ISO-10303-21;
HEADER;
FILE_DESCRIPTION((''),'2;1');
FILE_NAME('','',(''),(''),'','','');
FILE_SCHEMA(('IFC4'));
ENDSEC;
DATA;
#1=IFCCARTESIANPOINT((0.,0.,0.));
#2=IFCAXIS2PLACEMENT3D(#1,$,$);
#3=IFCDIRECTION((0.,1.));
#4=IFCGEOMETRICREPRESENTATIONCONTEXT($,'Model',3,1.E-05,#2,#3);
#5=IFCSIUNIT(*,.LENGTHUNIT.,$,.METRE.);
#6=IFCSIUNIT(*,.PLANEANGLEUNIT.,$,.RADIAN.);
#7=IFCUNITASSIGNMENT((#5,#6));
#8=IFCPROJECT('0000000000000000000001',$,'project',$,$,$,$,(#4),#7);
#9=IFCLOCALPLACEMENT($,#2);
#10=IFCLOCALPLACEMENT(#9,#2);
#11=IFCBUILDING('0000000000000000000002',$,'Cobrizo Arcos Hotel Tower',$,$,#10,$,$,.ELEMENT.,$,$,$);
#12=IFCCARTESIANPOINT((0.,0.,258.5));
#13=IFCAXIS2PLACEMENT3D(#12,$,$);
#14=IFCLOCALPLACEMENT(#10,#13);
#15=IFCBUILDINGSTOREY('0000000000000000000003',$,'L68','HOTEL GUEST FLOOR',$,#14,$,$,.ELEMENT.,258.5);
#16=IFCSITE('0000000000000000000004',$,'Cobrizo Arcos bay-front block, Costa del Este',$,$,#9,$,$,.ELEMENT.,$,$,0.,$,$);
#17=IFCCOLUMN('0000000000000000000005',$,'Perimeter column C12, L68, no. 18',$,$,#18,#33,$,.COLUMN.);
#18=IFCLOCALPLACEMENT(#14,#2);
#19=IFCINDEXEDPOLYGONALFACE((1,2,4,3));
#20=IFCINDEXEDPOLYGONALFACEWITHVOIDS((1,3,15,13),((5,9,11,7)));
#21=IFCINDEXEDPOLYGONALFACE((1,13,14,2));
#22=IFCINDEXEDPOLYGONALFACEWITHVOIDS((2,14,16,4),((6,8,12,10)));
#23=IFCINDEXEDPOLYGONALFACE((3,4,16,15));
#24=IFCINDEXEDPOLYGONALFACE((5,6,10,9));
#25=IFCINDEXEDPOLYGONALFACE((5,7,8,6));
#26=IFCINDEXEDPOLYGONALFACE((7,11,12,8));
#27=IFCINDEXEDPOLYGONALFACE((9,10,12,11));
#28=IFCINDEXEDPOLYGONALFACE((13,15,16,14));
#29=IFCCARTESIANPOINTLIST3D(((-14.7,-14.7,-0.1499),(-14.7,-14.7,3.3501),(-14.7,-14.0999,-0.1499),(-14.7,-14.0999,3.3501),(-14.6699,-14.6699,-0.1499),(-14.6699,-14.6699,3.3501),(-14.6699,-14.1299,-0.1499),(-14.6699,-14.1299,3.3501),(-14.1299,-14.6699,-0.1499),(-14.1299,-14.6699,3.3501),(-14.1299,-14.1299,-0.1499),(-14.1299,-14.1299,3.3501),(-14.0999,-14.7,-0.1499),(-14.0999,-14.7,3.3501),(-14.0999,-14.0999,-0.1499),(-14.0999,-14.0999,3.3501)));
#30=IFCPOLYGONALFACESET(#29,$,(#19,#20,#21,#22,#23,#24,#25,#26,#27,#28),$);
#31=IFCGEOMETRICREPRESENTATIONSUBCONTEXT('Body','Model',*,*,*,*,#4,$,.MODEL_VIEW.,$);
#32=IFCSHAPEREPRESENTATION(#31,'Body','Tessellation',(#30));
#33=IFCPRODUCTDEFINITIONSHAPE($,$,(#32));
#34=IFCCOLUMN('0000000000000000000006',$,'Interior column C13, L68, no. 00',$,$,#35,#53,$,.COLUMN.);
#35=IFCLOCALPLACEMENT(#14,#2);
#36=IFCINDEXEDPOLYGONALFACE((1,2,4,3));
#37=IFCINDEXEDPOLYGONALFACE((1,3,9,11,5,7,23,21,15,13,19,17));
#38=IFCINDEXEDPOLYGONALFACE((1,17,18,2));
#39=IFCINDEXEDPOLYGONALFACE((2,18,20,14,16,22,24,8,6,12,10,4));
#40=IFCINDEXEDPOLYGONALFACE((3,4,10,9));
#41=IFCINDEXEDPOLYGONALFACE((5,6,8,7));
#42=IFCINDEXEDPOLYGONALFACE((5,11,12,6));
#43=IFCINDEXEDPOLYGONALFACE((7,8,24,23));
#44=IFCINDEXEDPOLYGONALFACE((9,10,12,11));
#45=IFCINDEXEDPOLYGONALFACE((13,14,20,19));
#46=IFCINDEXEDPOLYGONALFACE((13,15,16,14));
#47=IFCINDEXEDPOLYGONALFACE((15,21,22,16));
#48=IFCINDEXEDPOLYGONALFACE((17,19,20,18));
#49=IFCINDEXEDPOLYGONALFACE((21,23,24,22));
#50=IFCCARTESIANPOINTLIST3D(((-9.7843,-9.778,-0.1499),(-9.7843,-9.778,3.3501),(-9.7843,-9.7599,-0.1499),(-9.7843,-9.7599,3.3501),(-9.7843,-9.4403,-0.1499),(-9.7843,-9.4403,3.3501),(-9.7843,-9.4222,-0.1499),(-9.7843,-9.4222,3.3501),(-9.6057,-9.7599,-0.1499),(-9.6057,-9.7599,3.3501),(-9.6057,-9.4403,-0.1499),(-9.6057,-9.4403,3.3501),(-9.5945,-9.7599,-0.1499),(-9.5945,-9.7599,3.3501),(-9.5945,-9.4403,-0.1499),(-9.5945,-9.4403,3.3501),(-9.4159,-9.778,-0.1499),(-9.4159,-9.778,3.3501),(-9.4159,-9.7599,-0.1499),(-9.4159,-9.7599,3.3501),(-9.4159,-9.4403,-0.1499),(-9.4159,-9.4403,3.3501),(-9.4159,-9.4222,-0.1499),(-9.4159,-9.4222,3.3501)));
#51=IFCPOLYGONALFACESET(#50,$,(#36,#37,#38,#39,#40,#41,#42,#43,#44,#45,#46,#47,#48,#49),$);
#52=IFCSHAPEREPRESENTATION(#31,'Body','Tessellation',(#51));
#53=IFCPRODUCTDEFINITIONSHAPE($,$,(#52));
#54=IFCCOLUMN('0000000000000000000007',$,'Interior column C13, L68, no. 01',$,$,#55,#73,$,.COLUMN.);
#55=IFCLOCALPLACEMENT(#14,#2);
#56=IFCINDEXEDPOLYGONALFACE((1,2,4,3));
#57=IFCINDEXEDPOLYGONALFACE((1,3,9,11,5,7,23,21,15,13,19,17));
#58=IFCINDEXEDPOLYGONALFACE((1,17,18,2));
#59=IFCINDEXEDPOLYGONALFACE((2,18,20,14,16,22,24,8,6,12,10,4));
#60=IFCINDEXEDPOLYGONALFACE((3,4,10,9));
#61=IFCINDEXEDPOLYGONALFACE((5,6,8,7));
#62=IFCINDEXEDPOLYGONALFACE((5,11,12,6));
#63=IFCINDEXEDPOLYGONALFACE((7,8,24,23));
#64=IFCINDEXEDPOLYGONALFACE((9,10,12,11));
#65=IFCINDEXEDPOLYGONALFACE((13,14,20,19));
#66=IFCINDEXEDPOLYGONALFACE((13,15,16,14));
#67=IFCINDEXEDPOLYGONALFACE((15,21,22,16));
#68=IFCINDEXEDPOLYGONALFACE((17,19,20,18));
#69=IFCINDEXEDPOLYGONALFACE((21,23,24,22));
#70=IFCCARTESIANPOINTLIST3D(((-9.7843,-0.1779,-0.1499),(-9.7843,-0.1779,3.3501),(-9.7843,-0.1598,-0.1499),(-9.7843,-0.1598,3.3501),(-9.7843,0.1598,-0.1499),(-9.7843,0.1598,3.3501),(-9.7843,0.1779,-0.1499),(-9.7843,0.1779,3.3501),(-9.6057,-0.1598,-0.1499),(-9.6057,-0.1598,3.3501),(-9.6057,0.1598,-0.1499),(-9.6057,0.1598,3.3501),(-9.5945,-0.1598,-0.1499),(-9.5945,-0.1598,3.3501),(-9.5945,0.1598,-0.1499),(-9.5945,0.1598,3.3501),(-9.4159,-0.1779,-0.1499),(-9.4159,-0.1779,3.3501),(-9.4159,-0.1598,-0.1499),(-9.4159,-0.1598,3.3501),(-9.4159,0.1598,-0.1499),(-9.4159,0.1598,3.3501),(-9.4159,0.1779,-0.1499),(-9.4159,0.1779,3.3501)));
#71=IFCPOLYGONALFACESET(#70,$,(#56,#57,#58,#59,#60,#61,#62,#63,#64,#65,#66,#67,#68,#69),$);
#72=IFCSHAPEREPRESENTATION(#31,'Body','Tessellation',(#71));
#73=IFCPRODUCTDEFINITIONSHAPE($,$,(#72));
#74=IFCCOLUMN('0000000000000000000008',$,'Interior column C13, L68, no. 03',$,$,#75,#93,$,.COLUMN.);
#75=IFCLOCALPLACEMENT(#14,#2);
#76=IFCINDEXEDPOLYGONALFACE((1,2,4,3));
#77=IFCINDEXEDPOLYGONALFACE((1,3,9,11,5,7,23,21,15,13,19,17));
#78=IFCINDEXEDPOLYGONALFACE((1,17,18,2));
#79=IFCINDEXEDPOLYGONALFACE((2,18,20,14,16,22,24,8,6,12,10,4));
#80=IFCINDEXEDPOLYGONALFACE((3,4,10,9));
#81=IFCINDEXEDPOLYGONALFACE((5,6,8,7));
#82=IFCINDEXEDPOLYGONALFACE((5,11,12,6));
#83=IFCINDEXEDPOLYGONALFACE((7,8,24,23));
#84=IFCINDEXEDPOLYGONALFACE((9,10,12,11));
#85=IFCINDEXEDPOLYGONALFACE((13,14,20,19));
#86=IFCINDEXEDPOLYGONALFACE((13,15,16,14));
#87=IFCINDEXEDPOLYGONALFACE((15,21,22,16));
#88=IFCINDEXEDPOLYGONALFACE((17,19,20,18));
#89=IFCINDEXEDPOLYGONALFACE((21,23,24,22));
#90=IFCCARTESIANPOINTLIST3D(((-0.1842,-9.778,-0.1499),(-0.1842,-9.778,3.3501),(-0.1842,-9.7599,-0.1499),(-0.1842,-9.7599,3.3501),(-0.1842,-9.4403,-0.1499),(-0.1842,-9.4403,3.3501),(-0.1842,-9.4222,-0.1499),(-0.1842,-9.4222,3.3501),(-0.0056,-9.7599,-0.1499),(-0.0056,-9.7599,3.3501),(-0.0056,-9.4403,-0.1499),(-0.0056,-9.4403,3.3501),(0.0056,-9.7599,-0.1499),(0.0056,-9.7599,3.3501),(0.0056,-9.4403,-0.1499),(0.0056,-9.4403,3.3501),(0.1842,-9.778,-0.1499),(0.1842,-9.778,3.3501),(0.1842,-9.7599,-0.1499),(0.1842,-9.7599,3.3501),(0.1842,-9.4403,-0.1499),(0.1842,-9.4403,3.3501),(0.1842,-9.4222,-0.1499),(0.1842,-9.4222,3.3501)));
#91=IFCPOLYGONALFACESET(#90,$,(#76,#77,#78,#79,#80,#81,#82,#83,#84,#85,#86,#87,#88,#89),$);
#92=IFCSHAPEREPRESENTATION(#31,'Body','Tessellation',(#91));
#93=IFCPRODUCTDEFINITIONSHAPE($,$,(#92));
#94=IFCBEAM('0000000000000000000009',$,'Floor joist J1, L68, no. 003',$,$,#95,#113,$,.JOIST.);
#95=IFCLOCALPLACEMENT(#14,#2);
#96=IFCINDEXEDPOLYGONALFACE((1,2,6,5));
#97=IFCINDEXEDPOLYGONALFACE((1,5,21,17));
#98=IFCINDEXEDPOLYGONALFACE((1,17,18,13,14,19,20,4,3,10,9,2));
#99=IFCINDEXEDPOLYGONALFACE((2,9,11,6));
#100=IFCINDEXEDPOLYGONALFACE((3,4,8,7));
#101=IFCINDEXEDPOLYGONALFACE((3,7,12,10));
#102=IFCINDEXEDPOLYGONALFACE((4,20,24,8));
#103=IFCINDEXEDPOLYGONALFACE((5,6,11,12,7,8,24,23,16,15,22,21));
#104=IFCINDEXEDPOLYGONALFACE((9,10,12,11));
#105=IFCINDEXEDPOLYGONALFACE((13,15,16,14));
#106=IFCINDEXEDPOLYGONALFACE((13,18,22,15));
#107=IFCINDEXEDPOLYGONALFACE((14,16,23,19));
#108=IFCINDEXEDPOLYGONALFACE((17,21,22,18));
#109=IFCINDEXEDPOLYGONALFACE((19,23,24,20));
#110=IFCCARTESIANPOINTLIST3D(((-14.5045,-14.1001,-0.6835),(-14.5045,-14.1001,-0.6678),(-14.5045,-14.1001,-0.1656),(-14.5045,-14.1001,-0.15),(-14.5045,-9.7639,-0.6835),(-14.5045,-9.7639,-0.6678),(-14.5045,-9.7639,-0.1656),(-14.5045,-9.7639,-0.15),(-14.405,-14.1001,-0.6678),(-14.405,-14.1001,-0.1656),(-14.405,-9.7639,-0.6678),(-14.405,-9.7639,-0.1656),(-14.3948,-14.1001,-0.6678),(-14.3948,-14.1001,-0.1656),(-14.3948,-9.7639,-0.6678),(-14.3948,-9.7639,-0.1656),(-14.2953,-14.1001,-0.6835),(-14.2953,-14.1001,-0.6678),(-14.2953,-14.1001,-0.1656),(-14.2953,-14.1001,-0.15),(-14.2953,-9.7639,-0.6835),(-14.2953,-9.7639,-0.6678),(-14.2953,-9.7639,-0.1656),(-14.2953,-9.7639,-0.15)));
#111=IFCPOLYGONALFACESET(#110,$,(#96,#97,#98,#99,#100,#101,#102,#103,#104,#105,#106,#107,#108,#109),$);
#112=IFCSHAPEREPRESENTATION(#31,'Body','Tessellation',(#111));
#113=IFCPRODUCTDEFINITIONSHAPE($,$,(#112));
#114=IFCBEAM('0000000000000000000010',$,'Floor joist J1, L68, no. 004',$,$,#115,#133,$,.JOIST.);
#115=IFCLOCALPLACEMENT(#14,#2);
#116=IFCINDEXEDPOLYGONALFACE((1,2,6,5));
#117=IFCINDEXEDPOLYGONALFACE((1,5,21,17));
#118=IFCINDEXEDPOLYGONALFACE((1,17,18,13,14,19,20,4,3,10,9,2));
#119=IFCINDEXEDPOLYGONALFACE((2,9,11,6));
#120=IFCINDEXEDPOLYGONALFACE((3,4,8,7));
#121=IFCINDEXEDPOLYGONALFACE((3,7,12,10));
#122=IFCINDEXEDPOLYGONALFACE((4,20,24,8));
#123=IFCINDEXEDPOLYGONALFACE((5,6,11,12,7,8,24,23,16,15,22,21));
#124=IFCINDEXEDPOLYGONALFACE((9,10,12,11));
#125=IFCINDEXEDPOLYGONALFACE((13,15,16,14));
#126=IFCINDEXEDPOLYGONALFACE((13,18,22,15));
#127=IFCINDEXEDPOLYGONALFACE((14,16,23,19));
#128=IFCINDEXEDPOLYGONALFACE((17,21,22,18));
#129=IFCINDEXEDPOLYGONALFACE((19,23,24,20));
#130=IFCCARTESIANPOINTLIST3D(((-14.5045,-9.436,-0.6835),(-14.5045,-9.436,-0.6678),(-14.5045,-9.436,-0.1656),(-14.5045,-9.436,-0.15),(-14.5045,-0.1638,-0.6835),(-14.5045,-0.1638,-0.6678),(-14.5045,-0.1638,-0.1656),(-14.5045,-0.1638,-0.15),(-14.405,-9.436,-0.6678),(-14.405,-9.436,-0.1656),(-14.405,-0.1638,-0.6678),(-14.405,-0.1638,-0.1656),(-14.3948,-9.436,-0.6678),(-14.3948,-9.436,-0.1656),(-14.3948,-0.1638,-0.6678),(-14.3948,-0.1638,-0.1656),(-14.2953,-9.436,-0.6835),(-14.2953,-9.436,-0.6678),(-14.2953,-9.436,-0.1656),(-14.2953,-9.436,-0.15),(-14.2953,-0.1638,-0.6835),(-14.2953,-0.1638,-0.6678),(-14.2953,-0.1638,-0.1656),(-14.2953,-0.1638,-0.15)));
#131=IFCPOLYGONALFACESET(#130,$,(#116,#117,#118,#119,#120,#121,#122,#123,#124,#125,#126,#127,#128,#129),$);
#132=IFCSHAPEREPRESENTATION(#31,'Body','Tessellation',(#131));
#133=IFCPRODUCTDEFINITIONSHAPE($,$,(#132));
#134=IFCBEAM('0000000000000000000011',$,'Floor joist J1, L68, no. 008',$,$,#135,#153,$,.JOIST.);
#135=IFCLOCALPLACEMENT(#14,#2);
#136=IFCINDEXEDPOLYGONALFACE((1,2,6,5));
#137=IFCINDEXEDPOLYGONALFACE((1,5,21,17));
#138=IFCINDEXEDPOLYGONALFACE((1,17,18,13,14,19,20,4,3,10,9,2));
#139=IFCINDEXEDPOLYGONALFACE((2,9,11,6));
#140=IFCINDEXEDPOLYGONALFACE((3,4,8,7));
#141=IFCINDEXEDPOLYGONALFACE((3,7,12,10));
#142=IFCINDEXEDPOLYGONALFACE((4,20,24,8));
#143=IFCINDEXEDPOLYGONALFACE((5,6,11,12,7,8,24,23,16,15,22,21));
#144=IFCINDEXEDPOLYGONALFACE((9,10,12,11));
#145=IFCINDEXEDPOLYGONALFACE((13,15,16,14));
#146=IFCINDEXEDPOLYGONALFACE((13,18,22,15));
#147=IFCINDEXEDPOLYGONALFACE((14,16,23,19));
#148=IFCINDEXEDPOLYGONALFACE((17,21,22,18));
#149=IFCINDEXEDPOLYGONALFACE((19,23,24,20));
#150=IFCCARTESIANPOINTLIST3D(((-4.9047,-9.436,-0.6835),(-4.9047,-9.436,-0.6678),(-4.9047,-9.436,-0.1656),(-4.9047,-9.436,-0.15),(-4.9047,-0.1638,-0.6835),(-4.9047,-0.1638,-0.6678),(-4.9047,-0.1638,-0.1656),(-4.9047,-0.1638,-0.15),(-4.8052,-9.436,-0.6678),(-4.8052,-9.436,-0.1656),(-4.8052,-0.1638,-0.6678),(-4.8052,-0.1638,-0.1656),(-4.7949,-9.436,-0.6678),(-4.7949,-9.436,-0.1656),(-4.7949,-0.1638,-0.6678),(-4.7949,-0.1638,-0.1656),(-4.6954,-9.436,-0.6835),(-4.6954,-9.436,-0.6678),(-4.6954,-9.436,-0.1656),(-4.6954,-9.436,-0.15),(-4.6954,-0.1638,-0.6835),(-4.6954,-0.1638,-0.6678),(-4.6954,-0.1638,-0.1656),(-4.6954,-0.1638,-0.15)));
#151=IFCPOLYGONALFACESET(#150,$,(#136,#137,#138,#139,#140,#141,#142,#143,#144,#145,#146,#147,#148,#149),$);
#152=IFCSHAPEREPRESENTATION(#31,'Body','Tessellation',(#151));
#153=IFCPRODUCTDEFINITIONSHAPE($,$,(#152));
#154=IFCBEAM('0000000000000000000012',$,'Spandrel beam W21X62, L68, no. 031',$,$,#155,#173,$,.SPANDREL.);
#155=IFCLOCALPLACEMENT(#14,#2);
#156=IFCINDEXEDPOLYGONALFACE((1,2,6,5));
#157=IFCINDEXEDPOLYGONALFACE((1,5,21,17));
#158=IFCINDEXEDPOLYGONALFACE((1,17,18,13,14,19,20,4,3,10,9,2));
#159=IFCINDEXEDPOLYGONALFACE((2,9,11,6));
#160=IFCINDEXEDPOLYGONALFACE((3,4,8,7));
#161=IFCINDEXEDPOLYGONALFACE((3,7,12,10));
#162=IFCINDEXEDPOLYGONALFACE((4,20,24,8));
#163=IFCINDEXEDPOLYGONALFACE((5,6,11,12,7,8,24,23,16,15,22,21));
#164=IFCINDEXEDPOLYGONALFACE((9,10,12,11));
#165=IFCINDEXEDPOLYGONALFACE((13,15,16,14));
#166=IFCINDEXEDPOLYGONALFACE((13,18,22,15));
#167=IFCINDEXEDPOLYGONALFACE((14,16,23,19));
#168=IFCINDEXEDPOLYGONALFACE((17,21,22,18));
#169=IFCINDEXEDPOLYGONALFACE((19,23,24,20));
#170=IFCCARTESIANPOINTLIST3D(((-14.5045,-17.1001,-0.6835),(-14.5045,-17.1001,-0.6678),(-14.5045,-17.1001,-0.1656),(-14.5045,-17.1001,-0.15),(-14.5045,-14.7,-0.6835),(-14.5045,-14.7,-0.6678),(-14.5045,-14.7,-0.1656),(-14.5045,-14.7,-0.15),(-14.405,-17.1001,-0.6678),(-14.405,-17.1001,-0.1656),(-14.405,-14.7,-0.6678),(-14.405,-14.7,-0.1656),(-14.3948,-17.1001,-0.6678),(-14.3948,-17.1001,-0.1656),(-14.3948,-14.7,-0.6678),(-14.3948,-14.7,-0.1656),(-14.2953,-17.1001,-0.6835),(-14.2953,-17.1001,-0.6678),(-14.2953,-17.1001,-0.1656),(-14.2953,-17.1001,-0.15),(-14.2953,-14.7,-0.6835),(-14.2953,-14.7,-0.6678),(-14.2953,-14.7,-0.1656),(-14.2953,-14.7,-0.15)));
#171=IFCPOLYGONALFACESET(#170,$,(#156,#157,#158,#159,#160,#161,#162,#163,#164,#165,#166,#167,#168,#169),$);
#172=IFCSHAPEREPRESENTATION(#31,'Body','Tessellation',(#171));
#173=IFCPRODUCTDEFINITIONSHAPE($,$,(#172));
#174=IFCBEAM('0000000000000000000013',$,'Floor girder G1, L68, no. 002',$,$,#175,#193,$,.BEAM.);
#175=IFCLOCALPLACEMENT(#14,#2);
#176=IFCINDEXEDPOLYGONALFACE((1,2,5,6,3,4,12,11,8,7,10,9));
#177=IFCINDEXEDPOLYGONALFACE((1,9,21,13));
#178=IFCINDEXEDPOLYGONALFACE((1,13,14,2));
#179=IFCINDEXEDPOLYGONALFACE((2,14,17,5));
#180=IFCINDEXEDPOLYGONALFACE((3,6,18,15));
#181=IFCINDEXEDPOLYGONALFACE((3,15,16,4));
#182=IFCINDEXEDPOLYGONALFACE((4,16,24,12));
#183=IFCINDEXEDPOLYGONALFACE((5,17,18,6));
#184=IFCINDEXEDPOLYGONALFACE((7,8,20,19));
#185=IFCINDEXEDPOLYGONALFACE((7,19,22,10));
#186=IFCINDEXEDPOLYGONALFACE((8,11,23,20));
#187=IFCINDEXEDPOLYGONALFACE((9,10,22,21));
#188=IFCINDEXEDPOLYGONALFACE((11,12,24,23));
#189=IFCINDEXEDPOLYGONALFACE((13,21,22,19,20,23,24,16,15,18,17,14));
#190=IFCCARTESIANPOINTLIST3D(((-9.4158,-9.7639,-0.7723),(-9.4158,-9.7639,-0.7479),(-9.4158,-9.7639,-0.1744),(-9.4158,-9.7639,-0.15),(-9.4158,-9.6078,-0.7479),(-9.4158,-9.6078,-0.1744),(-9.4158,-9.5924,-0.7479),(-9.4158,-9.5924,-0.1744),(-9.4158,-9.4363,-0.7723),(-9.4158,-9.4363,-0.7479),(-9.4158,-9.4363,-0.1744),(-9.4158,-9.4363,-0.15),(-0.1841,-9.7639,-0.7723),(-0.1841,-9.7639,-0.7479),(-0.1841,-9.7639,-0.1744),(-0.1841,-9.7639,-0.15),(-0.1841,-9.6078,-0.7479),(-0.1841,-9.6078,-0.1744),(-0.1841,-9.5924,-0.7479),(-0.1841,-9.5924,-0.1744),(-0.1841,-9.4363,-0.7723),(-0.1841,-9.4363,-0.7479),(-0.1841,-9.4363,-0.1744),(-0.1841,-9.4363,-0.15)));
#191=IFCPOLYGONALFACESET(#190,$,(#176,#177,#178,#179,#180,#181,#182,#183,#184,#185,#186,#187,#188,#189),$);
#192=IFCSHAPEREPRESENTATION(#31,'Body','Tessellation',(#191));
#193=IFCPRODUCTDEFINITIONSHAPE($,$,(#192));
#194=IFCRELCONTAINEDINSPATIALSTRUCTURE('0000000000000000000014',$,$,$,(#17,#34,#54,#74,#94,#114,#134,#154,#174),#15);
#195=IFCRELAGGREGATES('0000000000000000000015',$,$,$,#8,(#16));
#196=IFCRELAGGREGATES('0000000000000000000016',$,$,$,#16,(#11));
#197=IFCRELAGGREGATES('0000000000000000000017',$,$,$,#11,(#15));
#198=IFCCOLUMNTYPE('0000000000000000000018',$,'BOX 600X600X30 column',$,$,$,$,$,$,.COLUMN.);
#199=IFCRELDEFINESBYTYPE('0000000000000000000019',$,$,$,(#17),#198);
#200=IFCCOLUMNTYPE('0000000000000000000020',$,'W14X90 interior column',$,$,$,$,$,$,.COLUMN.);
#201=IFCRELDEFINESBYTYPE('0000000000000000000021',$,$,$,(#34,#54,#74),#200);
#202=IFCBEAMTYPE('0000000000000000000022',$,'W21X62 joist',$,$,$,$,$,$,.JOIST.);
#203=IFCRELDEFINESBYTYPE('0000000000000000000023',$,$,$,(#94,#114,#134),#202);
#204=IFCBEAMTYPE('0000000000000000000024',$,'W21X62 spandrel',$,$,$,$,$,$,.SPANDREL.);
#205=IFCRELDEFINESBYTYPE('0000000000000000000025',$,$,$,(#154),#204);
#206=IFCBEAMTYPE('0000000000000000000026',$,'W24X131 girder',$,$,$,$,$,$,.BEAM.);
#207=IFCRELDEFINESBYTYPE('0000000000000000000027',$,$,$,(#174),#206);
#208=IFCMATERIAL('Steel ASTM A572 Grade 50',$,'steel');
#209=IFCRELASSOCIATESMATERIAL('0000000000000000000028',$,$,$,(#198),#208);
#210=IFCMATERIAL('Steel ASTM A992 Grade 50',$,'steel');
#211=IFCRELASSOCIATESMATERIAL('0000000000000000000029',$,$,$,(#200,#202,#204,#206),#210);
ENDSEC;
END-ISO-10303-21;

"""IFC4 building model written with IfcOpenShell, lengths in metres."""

from ifc_helpers import new_model, si_unit, direction, frame, origin, origin_2d, place, context, subcontext, project, spatial, hollow_rectangle, i_section, extrude, material, material_profile, profile_set, type_object, element, save


model = new_model("IFC4")

# Units and contexts
model_context = context("Model", 3, precision=1e-05, world=origin(), true_north=direction((0.0, 1.0)))
body_context = subcontext(model_context, "Body", "Model", "MODEL_VIEW")
ifc_project = project(units=[si_unit("LENGTHUNIT", "METRE"), si_unit("PLANEANGLEUNIT", "RADIAN")], contexts=[model_context])

# Site, building, storey
site_placement = place(None, origin())
site = spatial("IfcSite", under=ifc_project, at=site_placement, Name="Cobrizo Arcos bay-front block, Costa del Este", CompositionType="ELEMENT", RefElevation=0.0)
building_placement = place(site_placement, origin())
building = spatial("IfcBuilding", under=site, at=building_placement, Name="Cobrizo Arcos Hotel Tower", CompositionType="ELEMENT")
storey_placement = place(building_placement, frame((0.0, 0.0, 258.5)))
storey = spatial("IfcBuildingStorey", under=building, at=storey_placement, Name="L68", Description="HOTEL GUEST FLOOR", CompositionType="ELEMENT", Elevation=258.5)

# Columns
ifc_material_1 = material(Name="Steel ASTM A572 Grade 50", Category="steel")
ifc_material_profile_1 = material_profile(ifc_material_1, hollow_rectangle(XDim=0.6001, YDim=0.6001, WallThickness=0.03, at=origin_2d()), Name="BOX 600X600X30")
ifc_profile_set_1 = profile_set([ifc_material_profile_1], Name="Steel ASTM A572 Grade 50")
column_type_1 = type_object("IfcColumnType", Name="BOX 600X600X30 column", PredefinedType="COLUMN", material=ifc_profile_set_1)
column_placement = place(storey_placement, frame((-14.3999, -14.3999, -0.1499), z_axis=(0.0, 0.0, 1.0), x_axis=(1.0, 0.0, 0.0)))
element("IfcColumn", 1, at=column_placement, inside=storey, type_object=column_type_1, Name="Perimeter column C12, L68, no. 18", PredefinedType="COLUMN", context=body_context, shape_type="SweptSolid", body=[
    extrude(hollow_rectangle(XDim=0.6001, YDim=0.6001, WallThickness=0.03, at=origin_2d()), origin(), (0.0, 0.0, 1.0), 3.5),
])
ifc_material_2 = material(Name="Steel ASTM A992 Grade 50", Category="steel")
ifc_material_profile_2 = material_profile(ifc_material_2, i_section(OverallWidth=0.3684, OverallDepth=0.3557, WebThickness=0.0112, FlangeThickness=0.0181, at=origin_2d()), Name="W14X90")
ifc_profile_set_2 = profile_set([ifc_material_profile_2], Name="Steel ASTM A992 Grade 50")
column_type_2 = type_object("IfcColumnType", Name="W14X90 interior column", PredefinedType="COLUMN", material=ifc_profile_set_2)
for number, where, z_axis, x_axis, name in (
    (2, (-9.6001, -9.6001, -0.1499), (0.0, 0.0, 1.0), (1.0, 0.0, 0.0), "Interior column C13, L68, no. 00"),
    (3, (-9.6001, 0.0, -0.1499), (0.0, 0.0, 1.0), (1.0, 0.0, 0.0), "Interior column C13, L68, no. 01"),
    (4, (0.0, -9.6001, -0.1499), (0.0, 0.0, 1.0), (1.0, 0.0, 0.0), "Interior column C13, L68, no. 03"),
):
    element("IfcColumn", number, at=place(storey_placement, frame(where, z_axis=z_axis, x_axis=x_axis)), inside=storey, type_object=column_type_2, Name=name, PredefinedType="COLUMN", context=body_context, shape_type="SweptSolid", body=[
        extrude(i_section(OverallWidth=0.3684, OverallDepth=0.3557, WebThickness=0.0112, FlangeThickness=0.0181, at=origin_2d()), origin(), (0.0, 0.0, 1.0), 3.5),
    ])

# Beams
ifc_material_profile_3 = material_profile(ifc_material_2, i_section(OverallWidth=0.2092, OverallDepth=0.5334, WebThickness=0.0103, FlangeThickness=0.0156, at=origin_2d()), Name="W21X62")
ifc_profile_set_3 = profile_set([ifc_material_profile_3], Name="Steel ASTM A992 Grade 50")
beam_type_1 = type_object("IfcBeamType", Name="W21X62 joist", PredefinedType="JOIST", material=ifc_profile_set_3)
beam_1_placement = place(storey_placement, frame((-14.3999, -14.1001, -0.4167), z_axis=(0.0, 1.0, 0.0), x_axis=(-1.0, 0.0, 0.0)))
element("IfcBeam", 5, at=beam_1_placement, inside=storey, type_object=beam_type_1, Name="Floor joist J1, L68, no. 003", PredefinedType="JOIST", context=body_context, shape_type="SweptSolid", body=[
    extrude(i_section(OverallWidth=0.2092, OverallDepth=0.5334, WebThickness=0.0103, FlangeThickness=0.0156, at=origin_2d()), origin(), (0.0, 0.0, 1.0), 4.3362),
])
for number, where, z_axis, x_axis, name in (
    (6, (-14.3999, -9.436, -0.4167), (0.0, 1.0, 0.0), (-1.0, 0.0, 0.0), "Floor joist J1, L68, no. 004"),
    (7, (-4.8, -9.436, -0.4167), (0.0, 1.0, 0.0), (-1.0, 0.0, 0.0), "Floor joist J1, L68, no. 008"),
):
    element("IfcBeam", number, at=place(storey_placement, frame(where, z_axis=z_axis, x_axis=x_axis)), inside=storey, type_object=beam_type_1, Name=name, PredefinedType="JOIST", context=body_context, shape_type="SweptSolid", body=[
        extrude(i_section(OverallWidth=0.2092, OverallDepth=0.5334, WebThickness=0.0103, FlangeThickness=0.0156, at=origin_2d()), origin(), (0.0, 0.0, 1.0), 9.2722),
    ])
ifc_material_profile_4 = material_profile(ifc_material_2, i_section(OverallWidth=0.2092, OverallDepth=0.5334, WebThickness=0.0103, FlangeThickness=0.0156, at=origin_2d()), Name="W21X62")
ifc_profile_set_4 = profile_set([ifc_material_profile_4], Name="Steel ASTM A992 Grade 50")
beam_type_2 = type_object("IfcBeamType", Name="W21X62 spandrel", PredefinedType="SPANDREL", material=ifc_profile_set_4)
beam_2_placement = place(storey_placement, frame((-14.3999, -14.7, -0.4167), z_axis=(0.0, -1.0, 0.0), x_axis=(1.0, 0.0, 0.0)))
element("IfcBeam", 8, at=beam_2_placement, inside=storey, type_object=beam_type_2, Name="Spandrel beam W21X62, L68, no. 031", PredefinedType="SPANDREL", context=body_context, shape_type="SweptSolid", body=[
    extrude(i_section(OverallWidth=0.2092, OverallDepth=0.5334, WebThickness=0.0103, FlangeThickness=0.0156, at=origin_2d()), origin(), (0.0, 0.0, 1.0), 2.4001),
])
ifc_material_profile_5 = material_profile(ifc_material_2, i_section(OverallWidth=0.3276, OverallDepth=0.6223, WebThickness=0.0154, FlangeThickness=0.0244, at=origin_2d()), Name="W24X131")
ifc_profile_set_5 = profile_set([ifc_material_profile_5], Name="Steel ASTM A992 Grade 50")
beam_type_3 = type_object("IfcBeamType", Name="W24X131 girder", PredefinedType="BEAM", material=ifc_profile_set_5)
for number, where, z_axis, x_axis, name in (
    (9, (-9.4158, -9.6001, -0.4612), (1.0, 0.0, 0.0), (0.0, 1.0, 0.0), "Floor girder G1, L68, no. 002"),
):
    element("IfcBeam", number, at=place(storey_placement, frame(where, z_axis=z_axis, x_axis=x_axis)), inside=storey, type_object=beam_type_3, Name=name, PredefinedType="BEAM", context=body_context, shape_type="SweptSolid", body=[
        extrude(i_section(OverallWidth=0.3276, OverallDepth=0.6223, WebThickness=0.0154, FlangeThickness=0.0244, at=origin_2d()), origin(), (0.0, 0.0, 1.0), 9.2317),
    ])

save(model, "model.ifc")
